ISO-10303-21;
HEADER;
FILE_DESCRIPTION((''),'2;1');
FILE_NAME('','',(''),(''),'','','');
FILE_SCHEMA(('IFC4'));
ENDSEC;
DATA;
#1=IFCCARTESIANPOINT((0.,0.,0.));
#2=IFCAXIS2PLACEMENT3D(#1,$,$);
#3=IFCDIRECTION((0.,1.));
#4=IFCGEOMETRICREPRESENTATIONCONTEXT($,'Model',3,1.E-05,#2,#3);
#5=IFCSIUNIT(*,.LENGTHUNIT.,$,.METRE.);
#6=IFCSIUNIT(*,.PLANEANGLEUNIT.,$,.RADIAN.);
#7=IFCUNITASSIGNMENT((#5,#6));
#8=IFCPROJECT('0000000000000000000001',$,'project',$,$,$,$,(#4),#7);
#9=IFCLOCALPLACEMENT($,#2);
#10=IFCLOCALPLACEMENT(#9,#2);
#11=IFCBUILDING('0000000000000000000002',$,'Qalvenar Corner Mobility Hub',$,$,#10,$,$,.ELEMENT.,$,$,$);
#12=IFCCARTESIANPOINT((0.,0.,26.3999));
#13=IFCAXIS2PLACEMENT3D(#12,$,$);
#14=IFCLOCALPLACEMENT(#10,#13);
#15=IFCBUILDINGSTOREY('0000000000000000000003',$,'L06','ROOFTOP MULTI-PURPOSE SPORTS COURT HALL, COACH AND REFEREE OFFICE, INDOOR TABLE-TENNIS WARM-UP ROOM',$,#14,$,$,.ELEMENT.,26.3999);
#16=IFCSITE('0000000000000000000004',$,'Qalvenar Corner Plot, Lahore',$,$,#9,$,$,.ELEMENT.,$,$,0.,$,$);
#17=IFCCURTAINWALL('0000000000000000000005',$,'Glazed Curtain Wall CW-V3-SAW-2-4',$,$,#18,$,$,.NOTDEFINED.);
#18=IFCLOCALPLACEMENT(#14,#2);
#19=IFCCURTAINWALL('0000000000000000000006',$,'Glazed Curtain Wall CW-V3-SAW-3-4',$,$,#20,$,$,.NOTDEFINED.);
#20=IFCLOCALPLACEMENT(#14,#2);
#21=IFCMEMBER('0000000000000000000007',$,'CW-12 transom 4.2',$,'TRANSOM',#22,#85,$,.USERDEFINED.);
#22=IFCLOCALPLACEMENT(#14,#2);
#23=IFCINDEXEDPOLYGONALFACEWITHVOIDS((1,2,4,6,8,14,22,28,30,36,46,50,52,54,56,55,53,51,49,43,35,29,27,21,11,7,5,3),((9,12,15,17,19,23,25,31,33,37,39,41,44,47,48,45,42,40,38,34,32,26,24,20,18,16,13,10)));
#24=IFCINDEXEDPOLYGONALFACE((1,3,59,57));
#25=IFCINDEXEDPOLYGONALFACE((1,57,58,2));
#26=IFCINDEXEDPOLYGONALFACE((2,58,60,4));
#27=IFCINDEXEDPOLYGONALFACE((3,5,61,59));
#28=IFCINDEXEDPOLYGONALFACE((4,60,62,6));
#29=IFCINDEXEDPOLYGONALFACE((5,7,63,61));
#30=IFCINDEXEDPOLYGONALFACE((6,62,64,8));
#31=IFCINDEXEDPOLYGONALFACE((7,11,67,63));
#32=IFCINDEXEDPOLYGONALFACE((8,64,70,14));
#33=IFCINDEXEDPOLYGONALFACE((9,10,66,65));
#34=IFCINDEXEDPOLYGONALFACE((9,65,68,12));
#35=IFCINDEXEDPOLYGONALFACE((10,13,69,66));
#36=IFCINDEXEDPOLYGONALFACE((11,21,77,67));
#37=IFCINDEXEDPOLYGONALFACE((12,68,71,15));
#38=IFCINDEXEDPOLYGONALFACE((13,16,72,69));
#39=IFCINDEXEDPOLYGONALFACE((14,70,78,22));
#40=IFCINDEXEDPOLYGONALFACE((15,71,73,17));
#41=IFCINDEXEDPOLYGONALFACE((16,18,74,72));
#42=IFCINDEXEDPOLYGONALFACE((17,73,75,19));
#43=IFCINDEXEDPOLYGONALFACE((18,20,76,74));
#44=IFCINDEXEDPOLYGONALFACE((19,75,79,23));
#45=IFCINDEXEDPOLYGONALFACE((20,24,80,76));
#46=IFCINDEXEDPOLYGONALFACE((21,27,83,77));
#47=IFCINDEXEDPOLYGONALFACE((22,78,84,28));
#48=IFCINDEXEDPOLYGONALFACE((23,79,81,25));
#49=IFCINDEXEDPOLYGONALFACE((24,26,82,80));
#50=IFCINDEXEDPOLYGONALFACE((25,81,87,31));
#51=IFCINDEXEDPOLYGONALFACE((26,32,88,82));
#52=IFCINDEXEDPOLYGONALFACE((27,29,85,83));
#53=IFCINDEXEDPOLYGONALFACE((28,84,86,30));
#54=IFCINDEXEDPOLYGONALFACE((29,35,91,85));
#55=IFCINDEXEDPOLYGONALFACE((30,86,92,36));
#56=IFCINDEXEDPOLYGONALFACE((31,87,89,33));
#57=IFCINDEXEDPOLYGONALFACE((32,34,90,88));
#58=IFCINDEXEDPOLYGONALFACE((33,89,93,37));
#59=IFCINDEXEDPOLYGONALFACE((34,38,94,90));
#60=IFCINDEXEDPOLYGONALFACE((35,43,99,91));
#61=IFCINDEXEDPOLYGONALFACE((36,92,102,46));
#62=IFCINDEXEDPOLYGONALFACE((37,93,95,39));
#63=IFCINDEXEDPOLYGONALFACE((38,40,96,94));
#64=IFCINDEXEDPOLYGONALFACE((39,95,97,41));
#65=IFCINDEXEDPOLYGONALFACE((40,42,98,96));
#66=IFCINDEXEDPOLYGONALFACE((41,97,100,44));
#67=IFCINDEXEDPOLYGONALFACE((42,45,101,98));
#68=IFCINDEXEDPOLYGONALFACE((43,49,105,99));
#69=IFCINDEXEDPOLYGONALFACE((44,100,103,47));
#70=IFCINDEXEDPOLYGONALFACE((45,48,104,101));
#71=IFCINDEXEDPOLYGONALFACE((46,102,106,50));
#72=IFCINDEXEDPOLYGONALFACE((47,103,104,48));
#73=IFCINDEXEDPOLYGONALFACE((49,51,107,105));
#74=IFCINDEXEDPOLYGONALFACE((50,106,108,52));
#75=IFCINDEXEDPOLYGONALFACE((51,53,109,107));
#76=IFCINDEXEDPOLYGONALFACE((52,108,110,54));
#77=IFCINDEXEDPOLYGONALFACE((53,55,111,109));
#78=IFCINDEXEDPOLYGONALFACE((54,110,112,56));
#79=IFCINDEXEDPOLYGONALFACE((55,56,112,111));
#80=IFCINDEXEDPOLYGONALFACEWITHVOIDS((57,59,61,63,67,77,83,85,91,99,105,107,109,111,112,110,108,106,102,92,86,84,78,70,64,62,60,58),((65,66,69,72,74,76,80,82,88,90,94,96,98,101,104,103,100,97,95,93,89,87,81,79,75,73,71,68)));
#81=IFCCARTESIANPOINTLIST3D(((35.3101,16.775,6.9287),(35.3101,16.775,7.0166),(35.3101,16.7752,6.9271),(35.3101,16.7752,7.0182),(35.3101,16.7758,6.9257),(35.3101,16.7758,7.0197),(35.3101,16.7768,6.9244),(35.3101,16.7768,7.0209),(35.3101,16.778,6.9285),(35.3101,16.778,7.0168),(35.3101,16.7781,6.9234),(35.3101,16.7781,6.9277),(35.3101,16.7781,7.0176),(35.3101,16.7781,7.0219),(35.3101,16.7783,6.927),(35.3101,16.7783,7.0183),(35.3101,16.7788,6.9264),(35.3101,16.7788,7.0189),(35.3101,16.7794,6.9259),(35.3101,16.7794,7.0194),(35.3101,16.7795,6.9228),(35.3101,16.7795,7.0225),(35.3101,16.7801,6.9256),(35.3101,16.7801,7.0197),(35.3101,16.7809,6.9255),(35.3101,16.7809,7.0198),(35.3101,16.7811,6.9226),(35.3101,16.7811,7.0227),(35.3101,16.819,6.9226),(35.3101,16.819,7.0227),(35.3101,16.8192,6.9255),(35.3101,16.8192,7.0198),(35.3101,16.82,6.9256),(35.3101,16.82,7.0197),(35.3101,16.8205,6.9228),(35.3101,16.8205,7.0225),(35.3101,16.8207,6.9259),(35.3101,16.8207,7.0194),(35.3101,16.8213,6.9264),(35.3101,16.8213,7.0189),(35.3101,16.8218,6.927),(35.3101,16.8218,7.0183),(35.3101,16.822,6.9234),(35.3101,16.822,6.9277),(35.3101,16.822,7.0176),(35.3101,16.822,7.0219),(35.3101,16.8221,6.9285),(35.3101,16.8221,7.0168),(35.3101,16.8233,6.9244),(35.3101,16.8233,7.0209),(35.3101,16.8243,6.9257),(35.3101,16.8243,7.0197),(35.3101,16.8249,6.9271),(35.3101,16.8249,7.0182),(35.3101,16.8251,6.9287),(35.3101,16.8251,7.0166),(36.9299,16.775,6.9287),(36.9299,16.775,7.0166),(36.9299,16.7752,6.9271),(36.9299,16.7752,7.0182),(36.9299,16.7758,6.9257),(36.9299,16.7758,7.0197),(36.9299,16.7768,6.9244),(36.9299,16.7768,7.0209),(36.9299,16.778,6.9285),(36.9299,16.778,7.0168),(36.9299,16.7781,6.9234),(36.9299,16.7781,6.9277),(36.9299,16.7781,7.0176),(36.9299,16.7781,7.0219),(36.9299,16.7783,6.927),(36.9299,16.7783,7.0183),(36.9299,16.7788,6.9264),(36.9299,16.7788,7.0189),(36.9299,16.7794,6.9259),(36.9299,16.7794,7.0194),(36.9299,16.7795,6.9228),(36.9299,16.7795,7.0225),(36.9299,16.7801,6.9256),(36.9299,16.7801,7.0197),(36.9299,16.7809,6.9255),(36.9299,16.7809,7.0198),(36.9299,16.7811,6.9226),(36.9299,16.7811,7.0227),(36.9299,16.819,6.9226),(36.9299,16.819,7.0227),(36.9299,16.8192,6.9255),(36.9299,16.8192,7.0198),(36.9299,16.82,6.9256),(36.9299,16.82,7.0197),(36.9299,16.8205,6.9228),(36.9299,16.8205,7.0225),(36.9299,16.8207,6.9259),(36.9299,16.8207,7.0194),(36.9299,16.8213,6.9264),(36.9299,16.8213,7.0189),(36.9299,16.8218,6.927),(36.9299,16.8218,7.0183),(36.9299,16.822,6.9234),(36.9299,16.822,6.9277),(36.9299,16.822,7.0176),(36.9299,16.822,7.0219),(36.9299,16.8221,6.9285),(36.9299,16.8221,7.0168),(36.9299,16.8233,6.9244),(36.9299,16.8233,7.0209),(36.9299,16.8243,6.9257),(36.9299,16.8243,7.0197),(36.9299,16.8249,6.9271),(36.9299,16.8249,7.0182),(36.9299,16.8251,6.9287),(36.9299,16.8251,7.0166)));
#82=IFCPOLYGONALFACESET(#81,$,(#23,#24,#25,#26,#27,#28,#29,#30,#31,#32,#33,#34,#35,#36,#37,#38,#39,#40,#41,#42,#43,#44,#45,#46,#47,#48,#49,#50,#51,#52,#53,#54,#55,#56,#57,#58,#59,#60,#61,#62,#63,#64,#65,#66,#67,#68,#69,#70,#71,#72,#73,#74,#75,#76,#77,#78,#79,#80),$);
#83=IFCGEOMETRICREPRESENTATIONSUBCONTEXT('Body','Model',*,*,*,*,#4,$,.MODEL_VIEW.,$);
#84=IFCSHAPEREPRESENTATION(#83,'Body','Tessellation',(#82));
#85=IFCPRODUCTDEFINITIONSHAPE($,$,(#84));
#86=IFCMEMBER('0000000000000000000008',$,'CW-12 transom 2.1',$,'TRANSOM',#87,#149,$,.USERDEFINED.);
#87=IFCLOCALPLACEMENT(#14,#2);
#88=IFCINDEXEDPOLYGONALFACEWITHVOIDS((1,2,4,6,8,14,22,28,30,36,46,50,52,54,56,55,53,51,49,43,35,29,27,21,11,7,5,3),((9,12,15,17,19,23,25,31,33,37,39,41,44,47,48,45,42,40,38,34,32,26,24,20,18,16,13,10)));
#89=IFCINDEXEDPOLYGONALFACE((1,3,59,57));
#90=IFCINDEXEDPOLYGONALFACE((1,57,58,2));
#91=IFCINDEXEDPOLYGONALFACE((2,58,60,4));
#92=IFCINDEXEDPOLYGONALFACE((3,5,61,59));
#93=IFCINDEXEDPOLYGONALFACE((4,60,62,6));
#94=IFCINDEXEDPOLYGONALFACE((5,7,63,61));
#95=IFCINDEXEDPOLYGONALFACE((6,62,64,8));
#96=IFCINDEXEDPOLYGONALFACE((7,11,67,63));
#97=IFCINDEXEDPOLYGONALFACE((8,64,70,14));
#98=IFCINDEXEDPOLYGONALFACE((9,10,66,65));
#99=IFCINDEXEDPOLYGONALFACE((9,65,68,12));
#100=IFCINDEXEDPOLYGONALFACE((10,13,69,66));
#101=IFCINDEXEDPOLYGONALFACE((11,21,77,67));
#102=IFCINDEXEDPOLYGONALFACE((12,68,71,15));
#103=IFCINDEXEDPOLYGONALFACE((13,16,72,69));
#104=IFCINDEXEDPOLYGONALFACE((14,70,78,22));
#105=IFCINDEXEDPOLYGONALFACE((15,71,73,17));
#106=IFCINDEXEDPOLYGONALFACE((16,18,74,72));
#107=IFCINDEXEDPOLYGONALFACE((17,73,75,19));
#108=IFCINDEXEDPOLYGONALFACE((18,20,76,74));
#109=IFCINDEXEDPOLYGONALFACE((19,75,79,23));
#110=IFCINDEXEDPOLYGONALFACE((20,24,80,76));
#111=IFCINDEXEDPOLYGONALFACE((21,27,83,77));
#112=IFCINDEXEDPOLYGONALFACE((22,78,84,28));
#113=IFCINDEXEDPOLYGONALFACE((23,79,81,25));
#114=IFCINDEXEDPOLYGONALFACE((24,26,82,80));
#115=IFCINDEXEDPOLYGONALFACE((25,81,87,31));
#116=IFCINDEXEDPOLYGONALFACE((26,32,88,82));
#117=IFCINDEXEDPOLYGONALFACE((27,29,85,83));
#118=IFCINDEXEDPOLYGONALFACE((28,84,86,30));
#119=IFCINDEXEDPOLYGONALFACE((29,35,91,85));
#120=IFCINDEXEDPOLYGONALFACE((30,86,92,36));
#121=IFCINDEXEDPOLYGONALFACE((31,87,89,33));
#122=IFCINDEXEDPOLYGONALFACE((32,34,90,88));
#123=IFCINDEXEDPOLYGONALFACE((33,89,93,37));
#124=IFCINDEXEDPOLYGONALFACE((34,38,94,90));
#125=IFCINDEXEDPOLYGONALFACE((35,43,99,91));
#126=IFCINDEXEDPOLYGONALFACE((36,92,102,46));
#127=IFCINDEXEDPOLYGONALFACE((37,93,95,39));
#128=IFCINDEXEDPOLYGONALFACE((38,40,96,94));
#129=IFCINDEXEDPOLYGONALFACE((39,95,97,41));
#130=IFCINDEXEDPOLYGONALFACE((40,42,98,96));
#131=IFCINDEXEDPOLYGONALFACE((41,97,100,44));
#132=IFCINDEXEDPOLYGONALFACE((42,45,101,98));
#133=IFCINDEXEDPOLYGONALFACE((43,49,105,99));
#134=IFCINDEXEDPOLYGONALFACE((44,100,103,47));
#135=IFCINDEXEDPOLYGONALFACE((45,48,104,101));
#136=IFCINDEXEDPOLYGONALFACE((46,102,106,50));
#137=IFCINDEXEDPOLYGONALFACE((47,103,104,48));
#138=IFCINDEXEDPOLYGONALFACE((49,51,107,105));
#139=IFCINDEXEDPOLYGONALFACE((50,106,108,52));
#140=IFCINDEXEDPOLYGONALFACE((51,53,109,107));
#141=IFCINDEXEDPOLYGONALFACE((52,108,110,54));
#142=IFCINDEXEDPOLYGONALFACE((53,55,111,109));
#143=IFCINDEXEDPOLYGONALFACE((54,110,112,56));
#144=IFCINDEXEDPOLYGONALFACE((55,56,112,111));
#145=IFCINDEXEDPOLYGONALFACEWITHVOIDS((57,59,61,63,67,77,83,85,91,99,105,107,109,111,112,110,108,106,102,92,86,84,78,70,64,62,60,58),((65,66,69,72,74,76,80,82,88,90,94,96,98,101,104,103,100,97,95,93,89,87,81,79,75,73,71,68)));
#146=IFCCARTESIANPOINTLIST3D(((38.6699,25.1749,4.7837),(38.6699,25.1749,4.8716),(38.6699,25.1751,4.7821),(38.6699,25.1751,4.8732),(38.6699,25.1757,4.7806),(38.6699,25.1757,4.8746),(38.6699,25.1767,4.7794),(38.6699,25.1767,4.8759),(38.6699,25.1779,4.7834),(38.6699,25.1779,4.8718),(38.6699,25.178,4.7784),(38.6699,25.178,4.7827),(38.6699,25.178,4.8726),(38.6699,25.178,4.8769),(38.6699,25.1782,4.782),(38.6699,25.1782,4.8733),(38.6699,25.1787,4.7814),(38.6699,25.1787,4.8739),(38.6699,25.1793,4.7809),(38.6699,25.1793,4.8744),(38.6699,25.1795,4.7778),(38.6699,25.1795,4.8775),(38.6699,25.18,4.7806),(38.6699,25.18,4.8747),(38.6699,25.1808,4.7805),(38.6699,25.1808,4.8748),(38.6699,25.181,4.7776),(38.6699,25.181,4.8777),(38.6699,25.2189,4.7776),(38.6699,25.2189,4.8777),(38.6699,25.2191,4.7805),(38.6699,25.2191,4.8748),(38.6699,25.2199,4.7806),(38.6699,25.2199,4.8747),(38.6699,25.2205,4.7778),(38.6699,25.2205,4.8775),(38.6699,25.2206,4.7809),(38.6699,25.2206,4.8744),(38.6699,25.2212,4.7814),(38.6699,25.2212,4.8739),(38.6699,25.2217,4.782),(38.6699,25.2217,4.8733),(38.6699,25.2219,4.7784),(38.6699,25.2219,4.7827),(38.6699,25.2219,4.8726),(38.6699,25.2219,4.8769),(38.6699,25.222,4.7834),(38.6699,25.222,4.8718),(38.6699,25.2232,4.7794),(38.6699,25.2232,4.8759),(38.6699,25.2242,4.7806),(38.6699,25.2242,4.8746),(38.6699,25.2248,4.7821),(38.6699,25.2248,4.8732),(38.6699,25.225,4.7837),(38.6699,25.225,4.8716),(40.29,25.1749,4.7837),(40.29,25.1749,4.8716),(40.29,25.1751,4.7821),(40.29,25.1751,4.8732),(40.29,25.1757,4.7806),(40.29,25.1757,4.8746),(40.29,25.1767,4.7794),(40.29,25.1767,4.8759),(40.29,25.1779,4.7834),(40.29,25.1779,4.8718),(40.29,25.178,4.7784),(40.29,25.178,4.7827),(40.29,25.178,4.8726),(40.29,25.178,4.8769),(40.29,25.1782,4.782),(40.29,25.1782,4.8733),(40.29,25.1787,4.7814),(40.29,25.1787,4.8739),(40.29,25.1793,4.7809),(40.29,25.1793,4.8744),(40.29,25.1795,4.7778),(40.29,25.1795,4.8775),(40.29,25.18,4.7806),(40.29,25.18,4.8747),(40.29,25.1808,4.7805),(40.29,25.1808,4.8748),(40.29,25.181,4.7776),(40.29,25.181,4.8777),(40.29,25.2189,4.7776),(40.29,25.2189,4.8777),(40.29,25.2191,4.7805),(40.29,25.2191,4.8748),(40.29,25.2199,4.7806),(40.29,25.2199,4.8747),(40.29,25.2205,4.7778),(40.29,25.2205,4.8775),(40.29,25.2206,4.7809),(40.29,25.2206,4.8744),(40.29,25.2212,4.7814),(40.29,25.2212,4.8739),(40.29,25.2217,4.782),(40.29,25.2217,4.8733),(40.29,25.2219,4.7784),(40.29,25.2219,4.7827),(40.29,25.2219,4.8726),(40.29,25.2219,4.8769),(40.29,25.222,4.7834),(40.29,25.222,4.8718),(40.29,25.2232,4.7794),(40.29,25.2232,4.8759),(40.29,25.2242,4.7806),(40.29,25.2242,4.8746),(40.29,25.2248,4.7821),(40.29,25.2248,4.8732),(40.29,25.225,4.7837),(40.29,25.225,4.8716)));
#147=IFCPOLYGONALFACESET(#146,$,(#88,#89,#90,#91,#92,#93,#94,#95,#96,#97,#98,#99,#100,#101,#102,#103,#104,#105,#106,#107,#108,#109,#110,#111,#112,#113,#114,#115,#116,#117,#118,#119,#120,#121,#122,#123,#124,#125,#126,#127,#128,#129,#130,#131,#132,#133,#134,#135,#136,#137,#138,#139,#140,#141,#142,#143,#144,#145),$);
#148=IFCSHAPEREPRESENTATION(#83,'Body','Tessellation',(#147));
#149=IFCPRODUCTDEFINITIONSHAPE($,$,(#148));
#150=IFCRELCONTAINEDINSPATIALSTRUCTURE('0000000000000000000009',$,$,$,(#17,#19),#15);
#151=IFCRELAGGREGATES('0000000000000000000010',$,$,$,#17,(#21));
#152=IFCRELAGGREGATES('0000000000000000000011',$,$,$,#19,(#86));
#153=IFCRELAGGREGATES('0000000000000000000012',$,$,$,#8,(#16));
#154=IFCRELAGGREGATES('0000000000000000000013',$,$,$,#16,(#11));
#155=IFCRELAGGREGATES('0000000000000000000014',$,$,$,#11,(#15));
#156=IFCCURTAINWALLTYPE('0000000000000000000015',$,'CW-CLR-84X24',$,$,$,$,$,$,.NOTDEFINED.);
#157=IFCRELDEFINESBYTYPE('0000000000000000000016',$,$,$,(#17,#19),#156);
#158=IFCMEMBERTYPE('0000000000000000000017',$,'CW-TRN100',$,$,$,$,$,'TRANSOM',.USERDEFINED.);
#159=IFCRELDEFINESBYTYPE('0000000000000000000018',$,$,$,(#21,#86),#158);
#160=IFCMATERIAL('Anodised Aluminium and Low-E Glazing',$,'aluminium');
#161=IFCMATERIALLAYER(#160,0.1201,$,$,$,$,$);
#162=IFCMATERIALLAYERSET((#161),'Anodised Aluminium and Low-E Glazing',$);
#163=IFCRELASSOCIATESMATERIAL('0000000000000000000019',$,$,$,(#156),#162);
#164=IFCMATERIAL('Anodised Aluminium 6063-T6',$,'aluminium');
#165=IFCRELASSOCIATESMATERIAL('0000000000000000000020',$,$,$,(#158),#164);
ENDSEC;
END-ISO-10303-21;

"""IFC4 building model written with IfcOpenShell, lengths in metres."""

from ifc_helpers import new_model, si_unit, direction, frame, origin, origin_2d, place, context, subcontext, project, spatial, hollow_rectangle, extrude, material, layer, layer_set, material_profile, profile_set, type_object, element, aggregate, save


model = new_model("IFC4")

# Units and contexts
model_context = context("Model", 3, precision=1e-05, world=origin(), true_north=direction((0.0, 1.0)))
body_context = subcontext(model_context, "Body", "Model", "MODEL_VIEW")
ifc_project = project(units=[si_unit("LENGTHUNIT", "METRE"), si_unit("PLANEANGLEUNIT", "RADIAN")], contexts=[model_context])

# Site, building, storey
site_placement = place(None, origin())
site = spatial("IfcSite", under=ifc_project, at=site_placement, Name="Qalvenar Corner Plot, Lahore", CompositionType="ELEMENT", RefElevation=0.0)
building_placement = place(site_placement, origin())
building = spatial("IfcBuilding", under=site, at=building_placement, Name="Qalvenar Corner Mobility Hub", CompositionType="ELEMENT")
storey_placement = place(building_placement, frame((0.0, 0.0, 26.3999)))
storey = spatial("IfcBuildingStorey", under=building, at=storey_placement, Name="L06", Description="ROOFTOP MULTI-PURPOSE SPORTS COURT HALL, COACH AND REFEREE OFFICE, INDOOR TABLE-TENNIS WARM-UP ROOM", CompositionType="ELEMENT", Elevation=26.3999)

# Curtain walls
ifc_material_1 = material(Name="Anodised Aluminium and Low-E Glazing", Category="aluminium")
ifc_layer_1 = layer(ifc_material_1, 0.1201)
ifc_layer_set_1 = layer_set([ifc_layer_1], Name="Anodised Aluminium and Low-E Glazing")
curtain_wall_type = type_object("IfcCurtainWallType", Name="CW-CLR-84X24", PredefinedType="NOTDEFINED", material=ifc_layer_set_1)
curtain_wall_1_placement = place(storey_placement, origin())
curtain_wall_1 = element("IfcCurtainWall", 1, at=curtain_wall_1_placement, inside=storey, type_object=curtain_wall_type, Name="Glazed Curtain Wall CW-V3-SAW-2-4", PredefinedType="NOTDEFINED")
ifc_material_2 = material(Name="Anodised Aluminium 6063-T6", Category="aluminium")
curtain_wall_2_placement = place(storey_placement, origin())
curtain_wall_2 = element("IfcCurtainWall", 2, at=curtain_wall_2_placement, inside=storey, type_object=curtain_wall_type, Name="Glazed Curtain Wall CW-V3-SAW-3-4", PredefinedType="NOTDEFINED")

# Members
ifc_material_profile_1 = material_profile(ifc_material_2, hollow_rectangle(XDim=0.05, YDim=0.1001, WallThickness=0.0029, InnerFilletRadius=0.0029, OuterFilletRadius=0.0061, at=origin_2d()), Name="RHS100x50x3")
ifc_profile_set_1 = profile_set([ifc_material_profile_1], Name="Anodised Aluminium 6063-T6")
member_type_1 = type_object("IfcMemberType", Name="CW-TRN100", ElementType="TRANSOM", PredefinedType="USERDEFINED", material=ifc_profile_set_1)
member_1_placement = place(storey_placement, frame((36.9299, 16.8, 6.9727), z_axis=(-1.0, 0.0, 0.0), x_axis=(0.0, -1.0, 0.0)))
member_1 = element("IfcMember", 3, at=member_1_placement, type_object=member_type_1, Name="CW-12 transom 4.2", ObjectType="TRANSOM", PredefinedType="USERDEFINED", context=body_context, shape_type="SweptSolid", body=[
    extrude(hollow_rectangle(XDim=0.05, YDim=0.1001, WallThickness=0.0029, InnerFilletRadius=0.0029, OuterFilletRadius=0.0061, at=origin_2d()), origin(), (0.0, 0.0, 1.0), 1.6199),
])
member_2_placement = place(storey_placement, frame((40.29, 25.2, 4.8276), z_axis=(-1.0, 0.0, 0.0), x_axis=(0.0, -1.0, 0.0)))
member_2 = element("IfcMember", 4, at=member_2_placement, type_object=member_type_1, Name="CW-12 transom 2.1", ObjectType="TRANSOM", PredefinedType="USERDEFINED", context=body_context, shape_type="SweptSolid", body=[
    extrude(hollow_rectangle(XDim=0.05, YDim=0.1001, WallThickness=0.0029, InnerFilletRadius=0.0029, OuterFilletRadius=0.0061, at=origin_2d()), origin(), (0.0, 0.0, 1.0), 1.6201),
])

aggregate(curtain_wall_1, [member_1])
aggregate(curtain_wall_2, [member_2])

save(model, "model.ifc")
